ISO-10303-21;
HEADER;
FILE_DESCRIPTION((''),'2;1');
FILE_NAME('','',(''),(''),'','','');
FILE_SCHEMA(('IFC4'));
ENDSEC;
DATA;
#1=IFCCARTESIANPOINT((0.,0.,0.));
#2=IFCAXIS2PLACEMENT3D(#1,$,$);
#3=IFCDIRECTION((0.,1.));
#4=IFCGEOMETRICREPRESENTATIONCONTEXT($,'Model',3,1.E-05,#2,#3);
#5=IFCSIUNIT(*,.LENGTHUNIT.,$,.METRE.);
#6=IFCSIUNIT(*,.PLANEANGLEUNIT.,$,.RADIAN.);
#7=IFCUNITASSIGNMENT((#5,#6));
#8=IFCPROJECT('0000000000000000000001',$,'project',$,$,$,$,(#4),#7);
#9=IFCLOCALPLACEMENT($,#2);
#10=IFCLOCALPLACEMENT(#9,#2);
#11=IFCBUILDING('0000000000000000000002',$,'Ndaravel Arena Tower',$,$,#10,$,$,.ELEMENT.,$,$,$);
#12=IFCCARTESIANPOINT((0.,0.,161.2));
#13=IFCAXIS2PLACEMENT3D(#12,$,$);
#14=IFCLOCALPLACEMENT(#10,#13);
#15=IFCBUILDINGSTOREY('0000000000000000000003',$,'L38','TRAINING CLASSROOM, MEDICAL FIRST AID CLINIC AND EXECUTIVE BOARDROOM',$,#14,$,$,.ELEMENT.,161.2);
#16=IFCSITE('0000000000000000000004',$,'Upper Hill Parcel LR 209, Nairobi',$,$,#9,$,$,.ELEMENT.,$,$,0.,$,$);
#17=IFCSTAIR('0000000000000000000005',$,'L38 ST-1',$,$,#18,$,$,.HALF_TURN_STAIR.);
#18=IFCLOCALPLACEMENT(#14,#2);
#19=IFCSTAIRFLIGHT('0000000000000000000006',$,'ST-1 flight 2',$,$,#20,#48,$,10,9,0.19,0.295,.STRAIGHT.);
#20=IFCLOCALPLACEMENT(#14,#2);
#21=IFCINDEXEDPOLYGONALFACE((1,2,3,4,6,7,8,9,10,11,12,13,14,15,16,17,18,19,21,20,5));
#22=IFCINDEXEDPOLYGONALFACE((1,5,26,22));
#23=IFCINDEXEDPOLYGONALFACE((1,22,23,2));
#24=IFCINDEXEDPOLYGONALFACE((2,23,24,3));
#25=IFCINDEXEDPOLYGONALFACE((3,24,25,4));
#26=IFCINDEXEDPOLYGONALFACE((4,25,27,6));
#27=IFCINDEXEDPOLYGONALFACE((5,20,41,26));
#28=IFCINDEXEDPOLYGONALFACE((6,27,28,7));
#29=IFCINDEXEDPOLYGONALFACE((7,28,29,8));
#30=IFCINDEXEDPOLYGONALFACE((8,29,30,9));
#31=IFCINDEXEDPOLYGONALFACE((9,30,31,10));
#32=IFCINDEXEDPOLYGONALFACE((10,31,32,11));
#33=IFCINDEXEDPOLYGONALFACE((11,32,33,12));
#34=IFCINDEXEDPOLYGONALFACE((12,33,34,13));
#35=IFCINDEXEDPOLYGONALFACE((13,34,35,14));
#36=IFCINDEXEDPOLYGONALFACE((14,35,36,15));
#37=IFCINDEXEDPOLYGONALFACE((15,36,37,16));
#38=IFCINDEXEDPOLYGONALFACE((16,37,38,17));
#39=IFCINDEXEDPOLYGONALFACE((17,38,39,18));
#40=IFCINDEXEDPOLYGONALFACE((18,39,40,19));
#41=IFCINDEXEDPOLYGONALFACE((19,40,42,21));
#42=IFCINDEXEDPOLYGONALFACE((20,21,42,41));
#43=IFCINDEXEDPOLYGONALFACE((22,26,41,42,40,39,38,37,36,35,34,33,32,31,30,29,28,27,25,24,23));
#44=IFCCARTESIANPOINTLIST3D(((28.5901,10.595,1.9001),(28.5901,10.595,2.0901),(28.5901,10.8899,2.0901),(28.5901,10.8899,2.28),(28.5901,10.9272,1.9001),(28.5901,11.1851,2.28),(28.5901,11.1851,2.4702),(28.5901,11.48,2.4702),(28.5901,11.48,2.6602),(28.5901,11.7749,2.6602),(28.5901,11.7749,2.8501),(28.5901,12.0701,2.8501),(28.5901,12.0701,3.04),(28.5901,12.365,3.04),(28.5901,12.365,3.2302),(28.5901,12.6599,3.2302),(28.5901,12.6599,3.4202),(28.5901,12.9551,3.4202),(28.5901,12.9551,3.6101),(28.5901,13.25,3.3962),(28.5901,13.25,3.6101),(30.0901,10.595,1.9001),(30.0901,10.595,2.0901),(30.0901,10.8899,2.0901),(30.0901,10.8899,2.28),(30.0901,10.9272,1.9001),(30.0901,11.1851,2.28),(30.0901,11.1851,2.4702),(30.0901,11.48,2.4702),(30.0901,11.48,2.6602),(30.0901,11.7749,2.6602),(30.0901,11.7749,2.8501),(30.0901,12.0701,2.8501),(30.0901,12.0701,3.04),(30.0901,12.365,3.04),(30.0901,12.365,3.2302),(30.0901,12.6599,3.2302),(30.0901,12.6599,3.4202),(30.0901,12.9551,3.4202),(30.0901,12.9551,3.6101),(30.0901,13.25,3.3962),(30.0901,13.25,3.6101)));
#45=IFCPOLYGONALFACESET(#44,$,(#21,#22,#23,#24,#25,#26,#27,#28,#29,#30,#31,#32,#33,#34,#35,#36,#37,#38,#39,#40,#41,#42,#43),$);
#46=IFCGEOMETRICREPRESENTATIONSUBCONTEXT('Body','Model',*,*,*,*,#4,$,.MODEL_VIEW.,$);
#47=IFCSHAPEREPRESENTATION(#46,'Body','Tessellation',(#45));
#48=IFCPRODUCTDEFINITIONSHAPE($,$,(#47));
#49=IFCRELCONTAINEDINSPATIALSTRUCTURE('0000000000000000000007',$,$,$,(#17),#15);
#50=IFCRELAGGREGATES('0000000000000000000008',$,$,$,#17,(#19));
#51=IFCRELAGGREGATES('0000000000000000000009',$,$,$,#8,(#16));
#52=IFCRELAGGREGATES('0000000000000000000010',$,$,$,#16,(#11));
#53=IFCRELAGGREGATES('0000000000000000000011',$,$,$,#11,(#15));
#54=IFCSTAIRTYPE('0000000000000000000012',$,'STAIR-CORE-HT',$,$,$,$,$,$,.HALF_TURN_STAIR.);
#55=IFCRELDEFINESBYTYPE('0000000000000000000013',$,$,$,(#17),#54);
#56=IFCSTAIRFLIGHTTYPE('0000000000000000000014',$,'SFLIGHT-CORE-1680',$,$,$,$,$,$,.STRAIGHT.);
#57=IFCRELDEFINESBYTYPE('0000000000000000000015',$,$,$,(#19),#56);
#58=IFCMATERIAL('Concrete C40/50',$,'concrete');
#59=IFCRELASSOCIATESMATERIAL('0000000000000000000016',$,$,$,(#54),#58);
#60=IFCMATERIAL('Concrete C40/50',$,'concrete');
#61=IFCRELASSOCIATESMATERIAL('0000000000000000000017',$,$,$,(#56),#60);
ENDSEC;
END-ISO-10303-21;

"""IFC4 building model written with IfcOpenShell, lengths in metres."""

from ifc_helpers import new_model, si_unit, direction, frame, origin, place, context, subcontext, project, spatial, polyline, outline, extrude, material, type_object, element, aggregate, save


model = new_model("IFC4")

# Units and contexts
model_context = context("Model", 3, precision=1e-05, world=origin(), true_north=direction((0.0, 1.0)))
body_context = subcontext(model_context, "Body", "Model", "MODEL_VIEW")
ifc_project = project(units=[si_unit("LENGTHUNIT", "METRE"), si_unit("PLANEANGLEUNIT", "RADIAN")], contexts=[model_context])

# Site, building, storey
site_placement = place(None, origin())
site = spatial("IfcSite", under=ifc_project, at=site_placement, Name="Upper Hill Parcel LR 209, Nairobi", CompositionType="ELEMENT", RefElevation=0.0)
building_placement = place(site_placement, origin())
building = spatial("IfcBuilding", under=site, at=building_placement, Name="Ndaravel Arena Tower", CompositionType="ELEMENT")
storey_placement = place(building_placement, frame((0.0, 0.0, 161.2)))
storey = spatial("IfcBuildingStorey", under=building, at=storey_placement, Name="L38", Description="TRAINING CLASSROOM, MEDICAL FIRST AID CLINIC AND EXECUTIVE BOARDROOM", CompositionType="ELEMENT", Elevation=161.2)

# Stair, stair flight
ifc_material_1 = material(Name="Concrete C40/50", Category="concrete")
stair_type = type_object("IfcStairType", Name="STAIR-CORE-HT", PredefinedType="HALF_TURN_STAIR", material=ifc_material_1)
stair_placement = place(storey_placement, origin())
stair = element("IfcStair", 1, at=stair_placement, inside=storey, type_object=stair_type, Name="L38 ST-1", PredefinedType="HALF_TURN_STAIR")
ifc_material_2 = material(Name="Concrete C40/50", Category="concrete")
stair_flight_type = type_object("IfcStairFlightType", Name="SFLIGHT-CORE-1680", PredefinedType="STRAIGHT", material=ifc_material_2)
stair_flight_1_placement = place(storey_placement, frame((29.3401, 10.595, 1.9001), z_axis=(0.0, 0.0, 1.0), x_axis=(0.0, 1.0, 0.0)))
stair_flight_1 = element("IfcStairFlight", 2, at=stair_flight_1_placement, type_object=stair_flight_type, Name="ST-1 flight 2", NumberOfRisers=10, NumberOfTreads=9, PredefinedType="STRAIGHT", RiserHeight=0.19, TreadLength=0.295, context=body_context, shape_type="SweptSolid", body=[
    extrude(outline(polyline([(0.0, 0.0), (0.0, 0.1899), (0.2949, 0.1899), (0.2949, 0.3799), (0.5901, 0.3799), (0.5901, 0.5701), (0.885, 0.5701), (0.885, 0.76), (1.1799, 0.76), (1.1799, 0.95), (1.4751, 0.95), (1.4751, 1.1399), (1.77, 1.1399), (1.77, 1.3301), (2.0649, 1.3301), (2.0649, 1.52), (2.3601, 1.52), (2.3601, 1.71), (2.655, 1.71), (2.655, 1.8999), (2.655, 1.4961), (0.3323, 0.0), (0.0, 0.0)])), frame((0.0, 0.75, 0.0), z_axis=(0.0, -1.0, 0.0), x_axis=(1.0, 0.0, 0.0)), (0.0, 0.0, 1.0), 1.5),
])
aggregate(stair, [stair_flight_1])

save(model, "model.ifc")
